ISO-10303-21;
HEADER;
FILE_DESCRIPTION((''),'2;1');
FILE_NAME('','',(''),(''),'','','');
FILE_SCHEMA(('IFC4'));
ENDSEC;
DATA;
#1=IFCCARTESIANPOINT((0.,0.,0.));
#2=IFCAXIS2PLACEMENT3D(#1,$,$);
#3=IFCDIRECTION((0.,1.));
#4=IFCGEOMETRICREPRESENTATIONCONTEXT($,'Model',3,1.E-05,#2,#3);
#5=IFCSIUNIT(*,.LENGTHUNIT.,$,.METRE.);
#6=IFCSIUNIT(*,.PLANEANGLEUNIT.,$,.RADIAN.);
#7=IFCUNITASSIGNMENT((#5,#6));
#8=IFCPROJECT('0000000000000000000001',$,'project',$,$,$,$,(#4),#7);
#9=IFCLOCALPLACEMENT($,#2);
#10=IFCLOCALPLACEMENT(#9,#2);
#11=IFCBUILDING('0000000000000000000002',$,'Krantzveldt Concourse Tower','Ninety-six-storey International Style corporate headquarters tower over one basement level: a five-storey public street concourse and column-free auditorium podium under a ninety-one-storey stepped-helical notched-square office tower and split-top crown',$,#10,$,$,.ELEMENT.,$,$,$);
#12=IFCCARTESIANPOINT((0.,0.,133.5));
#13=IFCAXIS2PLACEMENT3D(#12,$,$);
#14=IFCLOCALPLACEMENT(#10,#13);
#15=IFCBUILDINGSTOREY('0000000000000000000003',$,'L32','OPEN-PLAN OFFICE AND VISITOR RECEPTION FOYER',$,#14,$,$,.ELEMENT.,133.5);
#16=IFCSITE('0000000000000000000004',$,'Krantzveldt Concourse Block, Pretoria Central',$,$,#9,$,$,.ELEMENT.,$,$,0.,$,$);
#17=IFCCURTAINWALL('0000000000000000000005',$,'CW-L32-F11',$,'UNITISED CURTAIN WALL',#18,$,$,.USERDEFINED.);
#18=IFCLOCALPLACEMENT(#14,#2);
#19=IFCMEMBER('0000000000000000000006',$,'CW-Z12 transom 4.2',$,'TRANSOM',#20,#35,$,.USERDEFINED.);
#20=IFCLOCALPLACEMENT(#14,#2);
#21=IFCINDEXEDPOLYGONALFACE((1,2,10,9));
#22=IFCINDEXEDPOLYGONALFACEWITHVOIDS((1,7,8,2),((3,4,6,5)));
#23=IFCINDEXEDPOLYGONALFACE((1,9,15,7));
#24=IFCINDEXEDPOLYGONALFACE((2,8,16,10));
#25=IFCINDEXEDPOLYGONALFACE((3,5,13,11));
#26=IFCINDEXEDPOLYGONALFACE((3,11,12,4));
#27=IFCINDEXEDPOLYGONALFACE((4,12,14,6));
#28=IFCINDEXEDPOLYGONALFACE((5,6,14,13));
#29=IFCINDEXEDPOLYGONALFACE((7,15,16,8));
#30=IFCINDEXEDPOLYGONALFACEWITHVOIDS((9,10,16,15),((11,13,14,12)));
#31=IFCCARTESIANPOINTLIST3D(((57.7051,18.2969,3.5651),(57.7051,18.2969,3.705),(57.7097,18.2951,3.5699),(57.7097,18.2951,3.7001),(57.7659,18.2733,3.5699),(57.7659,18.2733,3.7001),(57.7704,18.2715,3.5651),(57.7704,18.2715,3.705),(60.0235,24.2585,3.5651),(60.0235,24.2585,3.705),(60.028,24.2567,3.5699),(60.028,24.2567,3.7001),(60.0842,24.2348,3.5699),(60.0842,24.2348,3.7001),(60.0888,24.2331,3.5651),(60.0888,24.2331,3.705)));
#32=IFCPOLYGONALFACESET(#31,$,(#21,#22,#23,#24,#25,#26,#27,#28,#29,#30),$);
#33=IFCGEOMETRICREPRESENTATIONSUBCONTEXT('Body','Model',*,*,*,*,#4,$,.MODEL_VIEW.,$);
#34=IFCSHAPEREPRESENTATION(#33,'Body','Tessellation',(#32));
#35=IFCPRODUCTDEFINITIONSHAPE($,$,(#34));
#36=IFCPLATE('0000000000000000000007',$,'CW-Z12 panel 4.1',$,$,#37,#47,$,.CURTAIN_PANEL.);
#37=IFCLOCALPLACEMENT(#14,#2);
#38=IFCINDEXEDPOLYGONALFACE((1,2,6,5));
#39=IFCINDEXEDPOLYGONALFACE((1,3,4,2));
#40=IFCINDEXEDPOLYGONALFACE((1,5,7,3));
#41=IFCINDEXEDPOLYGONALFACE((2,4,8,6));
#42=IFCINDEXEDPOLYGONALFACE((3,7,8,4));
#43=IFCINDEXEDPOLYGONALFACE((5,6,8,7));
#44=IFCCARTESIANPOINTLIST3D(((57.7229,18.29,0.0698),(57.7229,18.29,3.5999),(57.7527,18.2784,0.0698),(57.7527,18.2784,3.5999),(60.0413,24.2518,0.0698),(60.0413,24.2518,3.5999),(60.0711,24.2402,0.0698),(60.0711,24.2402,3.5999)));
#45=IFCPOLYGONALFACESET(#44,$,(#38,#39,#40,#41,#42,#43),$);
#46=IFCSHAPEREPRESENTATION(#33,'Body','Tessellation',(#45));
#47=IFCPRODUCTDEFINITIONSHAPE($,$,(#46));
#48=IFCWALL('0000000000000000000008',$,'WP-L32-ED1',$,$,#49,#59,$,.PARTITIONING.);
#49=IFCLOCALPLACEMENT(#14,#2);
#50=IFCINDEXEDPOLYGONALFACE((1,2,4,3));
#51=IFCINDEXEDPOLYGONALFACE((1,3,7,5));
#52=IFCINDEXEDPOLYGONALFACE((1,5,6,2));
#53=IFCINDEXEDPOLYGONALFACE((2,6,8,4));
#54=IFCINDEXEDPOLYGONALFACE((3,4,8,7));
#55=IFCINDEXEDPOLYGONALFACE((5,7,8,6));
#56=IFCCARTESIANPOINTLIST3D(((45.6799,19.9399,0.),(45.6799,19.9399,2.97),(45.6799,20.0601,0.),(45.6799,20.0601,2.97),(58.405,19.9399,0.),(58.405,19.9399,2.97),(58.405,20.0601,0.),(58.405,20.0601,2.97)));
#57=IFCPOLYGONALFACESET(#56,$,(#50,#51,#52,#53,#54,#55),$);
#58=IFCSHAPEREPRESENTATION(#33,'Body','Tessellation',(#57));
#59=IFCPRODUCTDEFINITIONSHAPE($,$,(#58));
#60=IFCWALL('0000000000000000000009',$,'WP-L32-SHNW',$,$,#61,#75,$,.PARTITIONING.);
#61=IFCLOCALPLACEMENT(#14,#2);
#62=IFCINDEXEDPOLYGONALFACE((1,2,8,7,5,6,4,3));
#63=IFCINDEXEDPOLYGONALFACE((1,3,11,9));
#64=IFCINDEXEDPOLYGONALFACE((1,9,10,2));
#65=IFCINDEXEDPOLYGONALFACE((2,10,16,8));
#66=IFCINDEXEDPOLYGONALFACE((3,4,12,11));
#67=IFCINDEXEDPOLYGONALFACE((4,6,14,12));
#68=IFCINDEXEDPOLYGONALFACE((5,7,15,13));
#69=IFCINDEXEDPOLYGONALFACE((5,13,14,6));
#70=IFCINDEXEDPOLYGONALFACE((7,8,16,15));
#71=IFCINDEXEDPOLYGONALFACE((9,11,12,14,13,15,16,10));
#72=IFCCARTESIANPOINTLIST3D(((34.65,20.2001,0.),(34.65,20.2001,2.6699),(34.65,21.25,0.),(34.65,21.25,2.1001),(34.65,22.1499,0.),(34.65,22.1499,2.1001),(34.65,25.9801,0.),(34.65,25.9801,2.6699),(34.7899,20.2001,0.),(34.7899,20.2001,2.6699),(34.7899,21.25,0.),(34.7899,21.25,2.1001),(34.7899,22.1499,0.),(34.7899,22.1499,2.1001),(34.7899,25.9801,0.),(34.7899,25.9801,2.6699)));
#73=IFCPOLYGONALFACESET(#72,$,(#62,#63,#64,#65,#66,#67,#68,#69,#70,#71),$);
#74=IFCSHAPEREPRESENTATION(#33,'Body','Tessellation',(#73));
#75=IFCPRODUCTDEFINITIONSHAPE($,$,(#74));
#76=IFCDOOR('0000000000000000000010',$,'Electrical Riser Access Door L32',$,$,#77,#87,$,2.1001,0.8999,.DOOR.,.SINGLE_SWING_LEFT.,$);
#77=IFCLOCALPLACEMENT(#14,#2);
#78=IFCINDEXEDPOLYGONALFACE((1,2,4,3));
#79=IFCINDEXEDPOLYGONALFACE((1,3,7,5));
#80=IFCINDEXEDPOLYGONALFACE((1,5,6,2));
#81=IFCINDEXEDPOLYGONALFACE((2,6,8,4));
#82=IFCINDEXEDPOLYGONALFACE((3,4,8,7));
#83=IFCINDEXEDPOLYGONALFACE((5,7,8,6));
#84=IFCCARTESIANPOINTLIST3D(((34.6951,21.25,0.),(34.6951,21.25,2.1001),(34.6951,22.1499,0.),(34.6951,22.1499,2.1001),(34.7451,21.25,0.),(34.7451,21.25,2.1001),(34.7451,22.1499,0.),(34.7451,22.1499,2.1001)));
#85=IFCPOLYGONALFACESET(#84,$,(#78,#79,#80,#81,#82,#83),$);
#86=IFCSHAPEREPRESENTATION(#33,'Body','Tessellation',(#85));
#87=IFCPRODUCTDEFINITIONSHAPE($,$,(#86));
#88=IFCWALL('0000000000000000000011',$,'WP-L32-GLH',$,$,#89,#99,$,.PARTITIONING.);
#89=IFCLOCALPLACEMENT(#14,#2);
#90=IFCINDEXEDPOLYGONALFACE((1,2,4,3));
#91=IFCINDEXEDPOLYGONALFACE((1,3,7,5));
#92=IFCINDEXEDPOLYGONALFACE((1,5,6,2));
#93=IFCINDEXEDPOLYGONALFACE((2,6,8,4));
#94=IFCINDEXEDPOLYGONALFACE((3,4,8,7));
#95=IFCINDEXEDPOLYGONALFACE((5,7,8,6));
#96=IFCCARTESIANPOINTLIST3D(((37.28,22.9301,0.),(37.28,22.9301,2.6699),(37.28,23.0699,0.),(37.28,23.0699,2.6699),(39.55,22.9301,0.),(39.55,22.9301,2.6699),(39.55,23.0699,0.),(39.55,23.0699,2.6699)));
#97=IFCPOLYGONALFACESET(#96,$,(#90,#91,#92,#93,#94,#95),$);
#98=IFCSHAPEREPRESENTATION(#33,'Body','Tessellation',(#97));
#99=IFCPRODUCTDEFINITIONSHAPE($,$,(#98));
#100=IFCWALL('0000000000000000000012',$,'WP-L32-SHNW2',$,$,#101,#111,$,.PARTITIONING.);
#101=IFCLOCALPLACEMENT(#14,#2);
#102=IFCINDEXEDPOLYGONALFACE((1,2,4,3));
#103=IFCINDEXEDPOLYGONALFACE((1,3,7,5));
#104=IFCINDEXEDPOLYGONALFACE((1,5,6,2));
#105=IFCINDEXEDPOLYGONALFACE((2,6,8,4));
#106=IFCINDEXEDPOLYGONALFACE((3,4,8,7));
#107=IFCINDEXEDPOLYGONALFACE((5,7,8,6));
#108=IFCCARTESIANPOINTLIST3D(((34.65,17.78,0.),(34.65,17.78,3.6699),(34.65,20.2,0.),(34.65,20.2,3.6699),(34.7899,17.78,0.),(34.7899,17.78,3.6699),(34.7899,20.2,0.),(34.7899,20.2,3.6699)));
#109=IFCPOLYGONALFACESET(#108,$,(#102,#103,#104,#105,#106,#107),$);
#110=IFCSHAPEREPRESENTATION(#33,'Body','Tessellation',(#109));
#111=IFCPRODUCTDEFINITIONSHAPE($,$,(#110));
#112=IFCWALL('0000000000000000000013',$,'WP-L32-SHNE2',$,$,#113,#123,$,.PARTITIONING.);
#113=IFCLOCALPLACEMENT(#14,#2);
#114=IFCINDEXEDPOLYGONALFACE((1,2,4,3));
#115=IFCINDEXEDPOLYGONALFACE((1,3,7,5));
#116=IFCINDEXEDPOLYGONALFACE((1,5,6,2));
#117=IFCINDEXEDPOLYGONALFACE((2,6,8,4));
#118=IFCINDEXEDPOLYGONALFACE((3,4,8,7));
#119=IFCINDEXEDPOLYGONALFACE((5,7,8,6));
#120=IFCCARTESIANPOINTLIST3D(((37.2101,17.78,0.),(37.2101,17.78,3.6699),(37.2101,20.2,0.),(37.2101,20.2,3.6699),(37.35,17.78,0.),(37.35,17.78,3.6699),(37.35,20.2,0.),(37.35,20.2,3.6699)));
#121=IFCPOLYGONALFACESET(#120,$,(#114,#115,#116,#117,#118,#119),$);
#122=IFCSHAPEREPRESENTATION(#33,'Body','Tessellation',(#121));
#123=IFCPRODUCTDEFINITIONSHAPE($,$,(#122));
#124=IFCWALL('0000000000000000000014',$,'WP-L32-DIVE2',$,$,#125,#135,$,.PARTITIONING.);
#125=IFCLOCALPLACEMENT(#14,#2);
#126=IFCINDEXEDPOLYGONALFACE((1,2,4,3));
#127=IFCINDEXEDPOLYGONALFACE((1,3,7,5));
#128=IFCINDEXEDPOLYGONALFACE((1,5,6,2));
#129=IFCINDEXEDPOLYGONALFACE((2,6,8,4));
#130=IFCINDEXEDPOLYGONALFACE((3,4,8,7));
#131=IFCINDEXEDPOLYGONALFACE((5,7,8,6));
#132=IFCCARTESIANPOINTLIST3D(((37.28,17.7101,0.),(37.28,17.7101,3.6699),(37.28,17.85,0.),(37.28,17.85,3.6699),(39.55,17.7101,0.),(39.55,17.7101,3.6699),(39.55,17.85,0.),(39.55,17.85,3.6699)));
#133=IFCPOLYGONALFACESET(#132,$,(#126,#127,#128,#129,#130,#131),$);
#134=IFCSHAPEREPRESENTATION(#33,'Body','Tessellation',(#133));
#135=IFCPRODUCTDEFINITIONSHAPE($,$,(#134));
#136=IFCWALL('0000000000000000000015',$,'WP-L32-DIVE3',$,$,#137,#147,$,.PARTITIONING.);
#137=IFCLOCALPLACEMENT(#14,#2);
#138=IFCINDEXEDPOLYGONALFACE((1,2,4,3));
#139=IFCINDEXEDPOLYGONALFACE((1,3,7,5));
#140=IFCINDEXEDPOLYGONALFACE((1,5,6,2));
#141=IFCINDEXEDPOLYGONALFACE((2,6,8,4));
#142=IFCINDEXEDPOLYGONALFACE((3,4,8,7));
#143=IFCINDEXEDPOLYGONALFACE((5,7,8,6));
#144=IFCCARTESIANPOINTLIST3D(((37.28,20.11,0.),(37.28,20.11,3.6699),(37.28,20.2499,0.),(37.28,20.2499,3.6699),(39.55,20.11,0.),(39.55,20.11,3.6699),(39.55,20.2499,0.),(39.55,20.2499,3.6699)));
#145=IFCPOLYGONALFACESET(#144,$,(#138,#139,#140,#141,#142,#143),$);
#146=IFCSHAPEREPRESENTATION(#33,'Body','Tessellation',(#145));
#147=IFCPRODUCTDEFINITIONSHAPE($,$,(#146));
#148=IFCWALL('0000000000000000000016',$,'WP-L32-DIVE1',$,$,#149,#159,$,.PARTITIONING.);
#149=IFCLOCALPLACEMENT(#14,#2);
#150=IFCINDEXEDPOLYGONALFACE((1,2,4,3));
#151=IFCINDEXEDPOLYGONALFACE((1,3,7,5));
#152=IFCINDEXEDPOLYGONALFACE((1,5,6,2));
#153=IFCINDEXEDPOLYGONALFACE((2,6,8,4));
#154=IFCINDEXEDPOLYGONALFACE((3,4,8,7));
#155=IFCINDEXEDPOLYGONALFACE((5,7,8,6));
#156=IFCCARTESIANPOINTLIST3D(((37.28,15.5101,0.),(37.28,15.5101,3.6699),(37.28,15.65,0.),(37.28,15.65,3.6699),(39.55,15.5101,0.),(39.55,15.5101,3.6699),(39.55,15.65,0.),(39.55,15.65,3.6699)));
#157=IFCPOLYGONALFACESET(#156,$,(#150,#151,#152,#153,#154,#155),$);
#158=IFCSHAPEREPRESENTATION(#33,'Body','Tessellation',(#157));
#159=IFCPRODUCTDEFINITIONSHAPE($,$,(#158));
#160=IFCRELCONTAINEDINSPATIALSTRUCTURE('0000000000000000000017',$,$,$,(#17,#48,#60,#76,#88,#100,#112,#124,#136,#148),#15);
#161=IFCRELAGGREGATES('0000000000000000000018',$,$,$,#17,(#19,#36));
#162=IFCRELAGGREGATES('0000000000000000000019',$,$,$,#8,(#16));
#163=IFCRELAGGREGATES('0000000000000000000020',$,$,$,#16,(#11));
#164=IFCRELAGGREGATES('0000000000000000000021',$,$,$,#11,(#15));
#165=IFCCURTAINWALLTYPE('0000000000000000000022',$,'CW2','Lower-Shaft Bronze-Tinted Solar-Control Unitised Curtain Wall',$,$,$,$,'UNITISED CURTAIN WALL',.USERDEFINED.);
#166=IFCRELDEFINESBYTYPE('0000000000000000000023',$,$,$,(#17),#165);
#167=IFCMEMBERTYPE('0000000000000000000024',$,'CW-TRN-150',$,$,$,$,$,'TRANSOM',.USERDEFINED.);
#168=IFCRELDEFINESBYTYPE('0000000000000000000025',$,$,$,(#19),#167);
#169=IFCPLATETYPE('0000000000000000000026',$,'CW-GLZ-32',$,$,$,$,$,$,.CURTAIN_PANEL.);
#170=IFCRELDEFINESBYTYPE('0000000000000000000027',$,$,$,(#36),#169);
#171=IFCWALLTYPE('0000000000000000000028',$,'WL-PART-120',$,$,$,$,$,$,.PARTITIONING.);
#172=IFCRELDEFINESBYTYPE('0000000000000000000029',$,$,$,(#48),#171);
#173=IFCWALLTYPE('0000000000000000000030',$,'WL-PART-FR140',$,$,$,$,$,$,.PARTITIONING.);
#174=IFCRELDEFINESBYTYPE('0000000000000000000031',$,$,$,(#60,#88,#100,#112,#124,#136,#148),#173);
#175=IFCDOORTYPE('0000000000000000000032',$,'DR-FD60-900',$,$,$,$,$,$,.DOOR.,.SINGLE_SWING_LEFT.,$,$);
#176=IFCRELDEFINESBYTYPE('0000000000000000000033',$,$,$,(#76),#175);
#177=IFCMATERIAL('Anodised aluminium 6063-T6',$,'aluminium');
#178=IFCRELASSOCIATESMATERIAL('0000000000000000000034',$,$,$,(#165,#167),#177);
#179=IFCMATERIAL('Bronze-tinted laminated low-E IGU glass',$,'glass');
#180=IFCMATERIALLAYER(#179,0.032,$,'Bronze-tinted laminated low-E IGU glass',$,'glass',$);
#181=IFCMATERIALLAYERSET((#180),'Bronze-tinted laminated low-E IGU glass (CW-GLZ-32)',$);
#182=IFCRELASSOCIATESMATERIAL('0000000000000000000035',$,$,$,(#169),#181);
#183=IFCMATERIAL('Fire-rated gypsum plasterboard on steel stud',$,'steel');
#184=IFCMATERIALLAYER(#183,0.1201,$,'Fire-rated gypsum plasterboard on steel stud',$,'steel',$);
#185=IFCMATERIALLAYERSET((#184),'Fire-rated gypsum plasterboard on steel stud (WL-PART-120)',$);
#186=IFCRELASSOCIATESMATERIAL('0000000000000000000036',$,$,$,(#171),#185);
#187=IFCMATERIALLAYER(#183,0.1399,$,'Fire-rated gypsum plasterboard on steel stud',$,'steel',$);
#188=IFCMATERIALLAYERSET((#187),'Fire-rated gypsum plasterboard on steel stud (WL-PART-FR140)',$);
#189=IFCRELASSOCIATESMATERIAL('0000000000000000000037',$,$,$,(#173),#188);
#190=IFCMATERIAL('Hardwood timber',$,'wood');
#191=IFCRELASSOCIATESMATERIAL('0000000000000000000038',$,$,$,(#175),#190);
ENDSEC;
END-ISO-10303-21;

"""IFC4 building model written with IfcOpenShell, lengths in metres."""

from ifc_helpers import new_model, si_unit, direction, frame, frame_2d, origin, origin_2d, place, context, subcontext, project, spatial, rectangle, hollow_rectangle, extrude, source, transform, mapped, material, layer, layer_set, material_profile, profile_set, type_object, type_shapes, element, fill, aggregate, save


model = new_model("IFC4")

# Units and contexts
model_context = context("Model", 3, precision=1e-05, world=origin(), true_north=direction((0.0, 1.0)))
body_context = subcontext(model_context, "Body", "Model", "MODEL_VIEW")
ifc_project = project(units=[si_unit("LENGTHUNIT", "METRE"), si_unit("PLANEANGLEUNIT", "RADIAN")], contexts=[model_context])

# Site, building, storey
site_placement = place(None, origin())
site = spatial("IfcSite", under=ifc_project, at=site_placement, Name="Krantzveldt Concourse Block, Pretoria Central", CompositionType="ELEMENT", RefElevation=0.0)
building_placement = place(site_placement, origin())
building = spatial("IfcBuilding", under=site, at=building_placement, Name="Krantzveldt Concourse Tower", Description="Ninety-six-storey International Style corporate headquarters tower over one basement level: a five-storey public street concourse and column-free auditorium podium under a ninety-one-storey stepped-helical notched-square office tower and split-top crown", CompositionType="ELEMENT")
storey_placement = place(building_placement, frame((0.0, 0.0, 133.5)))
storey = spatial("IfcBuildingStorey", under=building, at=storey_placement, Name="L32", Description="OPEN-PLAN OFFICE AND VISITOR RECEPTION FOYER", CompositionType="ELEMENT", Elevation=133.5)

# Curtain wall, member, plate
ifc_material_1 = material(Name="Anodised aluminium 6063-T6", Category="aluminium")
curtain_wall_type = type_object("IfcCurtainWallType", Name="CW2", Description="Lower-Shaft Bronze-Tinted Solar-Control Unitised Curtain Wall", ElementType="UNITISED CURTAIN WALL", PredefinedType="USERDEFINED", material=ifc_material_1)
curtain_wall_placement = place(storey_placement, origin())
curtain_wall = element("IfcCurtainWall", 1, at=curtain_wall_placement, inside=storey, type_object=curtain_wall_type, Name="CW-L32-F11", ObjectType="UNITISED CURTAIN WALL", PredefinedType="USERDEFINED")
ifc_material_profile_1 = material_profile(ifc_material_1, hollow_rectangle(XDim=0.0701, YDim=0.1399, WallThickness=0.0049, at=origin_2d()), Name="Anodised aluminium 6063-T6", Category="aluminium")
ifc_profile_set_1 = profile_set([ifc_material_profile_1], Name="Anodised aluminium 6063-T6 - ALU-TRAN 140x70x5")
member_type_1 = type_object("IfcMemberType", Name="CW-TRN-150", ElementType="TRANSOM", PredefinedType="USERDEFINED", material=ifc_profile_set_1)
shared_shape_1 = source(origin(), body_context, "Body", "SweptSolid", [
    extrude(hollow_rectangle(XDim=0.0701, YDim=0.1399, WallThickness=0.0049, at=origin_2d()), origin(), (0.0, 0.0, 1.0), 6.3965),
])
type_shapes(member_type_1, [shared_shape_1])
member_1_placement = place(storey_placement, frame((57.7378, 18.2842, 3.635), z_axis=(0.362437, 0.932008, 0.0), x_axis=(-0.932008, 0.362437, 0.0)))
member_1 = element("IfcMember", 2, at=member_1_placement, type_object=member_type_1, Name="CW-Z12 transom 4.2", ObjectType="TRANSOM", PredefinedType="USERDEFINED", context=body_context, shape_type="MappedRepresentation", body=[
    mapped(shared_shape_1, transform((0.0, 0.0, 0.0), x_axis=(1.0, 0.0, 0.0), y_axis=(0.0, 1.0, 0.0), z_axis=(0.0, 0.0, 1.0), scale=1.0)),
])
ifc_material_2 = material(Name="Bronze-tinted laminated low-E IGU glass", Category="glass")
ifc_layer_1 = layer(ifc_material_2, 0.032, Name="Bronze-tinted laminated low-E IGU glass", Category="glass")
ifc_layer_set_1 = layer_set([ifc_layer_1], Name="Bronze-tinted laminated low-E IGU glass (CW-GLZ-32)")
plate_type = type_object("IfcPlateType", Name="CW-GLZ-32", PredefinedType="CURTAIN_PANEL", material=ifc_layer_set_1)
shared_shape_2 = source(origin(), body_context, "Body", "SweptSolid", [
    extrude(rectangle(XDim=6.3967, YDim=0.032, at=origin_2d()), origin(), (0.0, 0.0, 1.0), 3.53),
])
type_shapes(plate_type, [shared_shape_2])
plate_placement = place(storey_placement, frame((58.897, 21.2651, 0.0698), z_axis=(0.0, 0.0, 1.0), x_axis=(0.362438, 0.932008, 0.0)))
plate = element("IfcPlate", 3, at=plate_placement, type_object=plate_type, Name="CW-Z12 panel 4.1", PredefinedType="CURTAIN_PANEL", context=body_context, shape_type="MappedRepresentation", body=[
    mapped(shared_shape_2, transform((0.0, 0.0, 0.0), x_axis=(1.0, 0.0, 0.0), y_axis=(0.0, 1.0, 0.0), z_axis=(0.0, 0.0, 1.0), scale=1.0)),
])
aggregate(curtain_wall, [member_1, plate])

# Wall
ifc_material_3 = material(Name="Fire-rated gypsum plasterboard on steel stud", Category="steel")
ifc_layer_2 = layer(ifc_material_3, 0.1201, Name="Fire-rated gypsum plasterboard on steel stud", Category="steel")
ifc_layer_set_2 = layer_set([ifc_layer_2], Name="Fire-rated gypsum plasterboard on steel stud (WL-PART-120)")
wall_type_1 = type_object("IfcWallType", Name="WL-PART-120", PredefinedType="PARTITIONING", material=ifc_layer_set_2)
wall_1_placement = place(storey_placement, frame((45.6799, 20.0, 0.0), z_axis=(0.0, 0.0, 1.0), x_axis=(1.0, 0.0, 0.0)))
element("IfcWall", 4, at=wall_1_placement, inside=storey, type_object=wall_type_1, Name="WP-L32-ED1", PredefinedType="PARTITIONING", context=body_context, shape_type="SweptSolid", body=[
    extrude(rectangle(XDim=12.7251, YDim=0.1201, at=frame_2d((6.3625, 0.0))), origin(), (0.0, 0.0, 1.0), 2.97),
])

# Wall, opening, door
ifc_layer_3 = layer(ifc_material_3, 0.1399, Name="Fire-rated gypsum plasterboard on steel stud", Category="steel")
ifc_layer_set_3 = layer_set([ifc_layer_3], Name="Fire-rated gypsum plasterboard on steel stud (WL-PART-FR140)")
wall_type_2 = type_object("IfcWallType", Name="WL-PART-FR140", PredefinedType="PARTITIONING", material=ifc_layer_set_3)
wall_2_placement = place(storey_placement, frame((34.72, 20.2, 0.0), z_axis=(0.0, 0.0, 1.0), x_axis=(0.0, 1.0, 0.0)))
wall_2 = element("IfcWall", 5, at=wall_2_placement, inside=storey, type_object=wall_type_2, Name="WP-L32-SHNW", PredefinedType="PARTITIONING", context=body_context, shape_type="SweptSolid", body=[
    extrude(rectangle(XDim=5.78, YDim=0.1399, at=frame_2d((2.8901, 0.0))), origin(), (0.0, 0.0, 1.0), 2.6699),
])
opening_1_placement = place(wall_2_placement, frame((1.05, 0.0, 0.0)))
opening_1 = element("IfcOpeningElement", 6, at=opening_1_placement, cuts=wall_2, PredefinedType="OPENING", context=body_context, shape_type="SweptSolid", body=[
    extrude(rectangle(XDim=0.8999, YDim=2.1001, at=frame_2d((0.45, 1.05))), frame((0.0, 0.0801, 0.0), z_axis=(0.0, -1.0, 0.0), x_axis=(1.0, 0.0, 0.0)), (0.0, 0.0, 1.0), 0.1599),
])
ifc_material_4 = material(Name="Hardwood timber", Category="wood")
door_type_1 = type_object("IfcDoorType", Name="DR-FD60-900", OperationType="SINGLE_SWING_LEFT", PredefinedType="DOOR", material=ifc_material_4)
door_1_placement = place(opening_1_placement, origin())
door_1 = element("IfcDoor", 7, at=door_1_placement, inside=storey, type_object=door_type_1, Name="Electrical Riser Access Door L32", OperationType="SINGLE_SWING_LEFT", OverallHeight=2.1001, OverallWidth=0.8999, PredefinedType="DOOR", context=body_context, shape_type="SweptSolid", body=[
    extrude(rectangle(XDim=0.8999, YDim=2.1001, at=frame_2d((0.45, 1.05))), frame((0.0, 0.0249, 0.0), z_axis=(0.0, -1.0, 0.0), x_axis=(1.0, 0.0, 0.0)), (0.0, 0.0, 1.0), 0.05),
])
fill(opening_1, door_1)

# Walls
wall_3_placement = place(storey_placement, frame((37.28, 23.0, 0.0), z_axis=(0.0, 0.0, 1.0), x_axis=(1.0, 0.0, 0.0)))
element("IfcWall", 8, at=wall_3_placement, inside=storey, type_object=wall_type_2, Name="WP-L32-GLH", PredefinedType="PARTITIONING", context=body_context, shape_type="SweptSolid", body=[
    extrude(rectangle(XDim=2.27, YDim=0.1399, at=frame_2d((1.135, 0.0))), origin(), (0.0, 0.0, 1.0), 2.6699),
])
for number, where, z_axis, x_axis, name in (
    (9, (34.72, 17.78, 0.0), (0.0, 0.0, 1.0), (0.0, 1.0, 0.0), "WP-L32-SHNW2"),
    (10, (37.28, 17.78, 0.0), (0.0, 0.0, 1.0), (0.0, 1.0, 0.0), "WP-L32-SHNE2"),
):
    element("IfcWall", number, at=place(storey_placement, frame(where, z_axis=z_axis, x_axis=x_axis)), inside=storey, type_object=wall_type_2, Name=name, PredefinedType="PARTITIONING", context=body_context, shape_type="SweptSolid", body=[
        extrude(rectangle(XDim=2.4199, YDim=0.1399, at=frame_2d((1.21, 0.0))), origin(), (0.0, 0.0, 1.0), 3.6699),
    ])
for number, where, z_axis, x_axis, name in (
    (11, (37.28, 17.78, 0.0), (0.0, 0.0, 1.0), (1.0, 0.0, 0.0), "WP-L32-DIVE2"),
    (12, (37.28, 20.1799, 0.0), (0.0, 0.0, 1.0), (1.0, 0.0, 0.0), "WP-L32-DIVE3"),
    (13, (37.28, 15.5801, 0.0), (0.0, 0.0, 1.0), (1.0, 0.0, 0.0), "WP-L32-DIVE1"),
):
    element("IfcWall", number, at=place(storey_placement, frame(where, z_axis=z_axis, x_axis=x_axis)), inside=storey, type_object=wall_type_2, Name=name, PredefinedType="PARTITIONING", context=body_context, shape_type="SweptSolid", body=[
        extrude(rectangle(XDim=2.27, YDim=0.1399, at=frame_2d((1.135, 0.0))), origin(), (0.0, 0.0, 1.0), 3.6699),
    ])

save(model, "model.ifc")
